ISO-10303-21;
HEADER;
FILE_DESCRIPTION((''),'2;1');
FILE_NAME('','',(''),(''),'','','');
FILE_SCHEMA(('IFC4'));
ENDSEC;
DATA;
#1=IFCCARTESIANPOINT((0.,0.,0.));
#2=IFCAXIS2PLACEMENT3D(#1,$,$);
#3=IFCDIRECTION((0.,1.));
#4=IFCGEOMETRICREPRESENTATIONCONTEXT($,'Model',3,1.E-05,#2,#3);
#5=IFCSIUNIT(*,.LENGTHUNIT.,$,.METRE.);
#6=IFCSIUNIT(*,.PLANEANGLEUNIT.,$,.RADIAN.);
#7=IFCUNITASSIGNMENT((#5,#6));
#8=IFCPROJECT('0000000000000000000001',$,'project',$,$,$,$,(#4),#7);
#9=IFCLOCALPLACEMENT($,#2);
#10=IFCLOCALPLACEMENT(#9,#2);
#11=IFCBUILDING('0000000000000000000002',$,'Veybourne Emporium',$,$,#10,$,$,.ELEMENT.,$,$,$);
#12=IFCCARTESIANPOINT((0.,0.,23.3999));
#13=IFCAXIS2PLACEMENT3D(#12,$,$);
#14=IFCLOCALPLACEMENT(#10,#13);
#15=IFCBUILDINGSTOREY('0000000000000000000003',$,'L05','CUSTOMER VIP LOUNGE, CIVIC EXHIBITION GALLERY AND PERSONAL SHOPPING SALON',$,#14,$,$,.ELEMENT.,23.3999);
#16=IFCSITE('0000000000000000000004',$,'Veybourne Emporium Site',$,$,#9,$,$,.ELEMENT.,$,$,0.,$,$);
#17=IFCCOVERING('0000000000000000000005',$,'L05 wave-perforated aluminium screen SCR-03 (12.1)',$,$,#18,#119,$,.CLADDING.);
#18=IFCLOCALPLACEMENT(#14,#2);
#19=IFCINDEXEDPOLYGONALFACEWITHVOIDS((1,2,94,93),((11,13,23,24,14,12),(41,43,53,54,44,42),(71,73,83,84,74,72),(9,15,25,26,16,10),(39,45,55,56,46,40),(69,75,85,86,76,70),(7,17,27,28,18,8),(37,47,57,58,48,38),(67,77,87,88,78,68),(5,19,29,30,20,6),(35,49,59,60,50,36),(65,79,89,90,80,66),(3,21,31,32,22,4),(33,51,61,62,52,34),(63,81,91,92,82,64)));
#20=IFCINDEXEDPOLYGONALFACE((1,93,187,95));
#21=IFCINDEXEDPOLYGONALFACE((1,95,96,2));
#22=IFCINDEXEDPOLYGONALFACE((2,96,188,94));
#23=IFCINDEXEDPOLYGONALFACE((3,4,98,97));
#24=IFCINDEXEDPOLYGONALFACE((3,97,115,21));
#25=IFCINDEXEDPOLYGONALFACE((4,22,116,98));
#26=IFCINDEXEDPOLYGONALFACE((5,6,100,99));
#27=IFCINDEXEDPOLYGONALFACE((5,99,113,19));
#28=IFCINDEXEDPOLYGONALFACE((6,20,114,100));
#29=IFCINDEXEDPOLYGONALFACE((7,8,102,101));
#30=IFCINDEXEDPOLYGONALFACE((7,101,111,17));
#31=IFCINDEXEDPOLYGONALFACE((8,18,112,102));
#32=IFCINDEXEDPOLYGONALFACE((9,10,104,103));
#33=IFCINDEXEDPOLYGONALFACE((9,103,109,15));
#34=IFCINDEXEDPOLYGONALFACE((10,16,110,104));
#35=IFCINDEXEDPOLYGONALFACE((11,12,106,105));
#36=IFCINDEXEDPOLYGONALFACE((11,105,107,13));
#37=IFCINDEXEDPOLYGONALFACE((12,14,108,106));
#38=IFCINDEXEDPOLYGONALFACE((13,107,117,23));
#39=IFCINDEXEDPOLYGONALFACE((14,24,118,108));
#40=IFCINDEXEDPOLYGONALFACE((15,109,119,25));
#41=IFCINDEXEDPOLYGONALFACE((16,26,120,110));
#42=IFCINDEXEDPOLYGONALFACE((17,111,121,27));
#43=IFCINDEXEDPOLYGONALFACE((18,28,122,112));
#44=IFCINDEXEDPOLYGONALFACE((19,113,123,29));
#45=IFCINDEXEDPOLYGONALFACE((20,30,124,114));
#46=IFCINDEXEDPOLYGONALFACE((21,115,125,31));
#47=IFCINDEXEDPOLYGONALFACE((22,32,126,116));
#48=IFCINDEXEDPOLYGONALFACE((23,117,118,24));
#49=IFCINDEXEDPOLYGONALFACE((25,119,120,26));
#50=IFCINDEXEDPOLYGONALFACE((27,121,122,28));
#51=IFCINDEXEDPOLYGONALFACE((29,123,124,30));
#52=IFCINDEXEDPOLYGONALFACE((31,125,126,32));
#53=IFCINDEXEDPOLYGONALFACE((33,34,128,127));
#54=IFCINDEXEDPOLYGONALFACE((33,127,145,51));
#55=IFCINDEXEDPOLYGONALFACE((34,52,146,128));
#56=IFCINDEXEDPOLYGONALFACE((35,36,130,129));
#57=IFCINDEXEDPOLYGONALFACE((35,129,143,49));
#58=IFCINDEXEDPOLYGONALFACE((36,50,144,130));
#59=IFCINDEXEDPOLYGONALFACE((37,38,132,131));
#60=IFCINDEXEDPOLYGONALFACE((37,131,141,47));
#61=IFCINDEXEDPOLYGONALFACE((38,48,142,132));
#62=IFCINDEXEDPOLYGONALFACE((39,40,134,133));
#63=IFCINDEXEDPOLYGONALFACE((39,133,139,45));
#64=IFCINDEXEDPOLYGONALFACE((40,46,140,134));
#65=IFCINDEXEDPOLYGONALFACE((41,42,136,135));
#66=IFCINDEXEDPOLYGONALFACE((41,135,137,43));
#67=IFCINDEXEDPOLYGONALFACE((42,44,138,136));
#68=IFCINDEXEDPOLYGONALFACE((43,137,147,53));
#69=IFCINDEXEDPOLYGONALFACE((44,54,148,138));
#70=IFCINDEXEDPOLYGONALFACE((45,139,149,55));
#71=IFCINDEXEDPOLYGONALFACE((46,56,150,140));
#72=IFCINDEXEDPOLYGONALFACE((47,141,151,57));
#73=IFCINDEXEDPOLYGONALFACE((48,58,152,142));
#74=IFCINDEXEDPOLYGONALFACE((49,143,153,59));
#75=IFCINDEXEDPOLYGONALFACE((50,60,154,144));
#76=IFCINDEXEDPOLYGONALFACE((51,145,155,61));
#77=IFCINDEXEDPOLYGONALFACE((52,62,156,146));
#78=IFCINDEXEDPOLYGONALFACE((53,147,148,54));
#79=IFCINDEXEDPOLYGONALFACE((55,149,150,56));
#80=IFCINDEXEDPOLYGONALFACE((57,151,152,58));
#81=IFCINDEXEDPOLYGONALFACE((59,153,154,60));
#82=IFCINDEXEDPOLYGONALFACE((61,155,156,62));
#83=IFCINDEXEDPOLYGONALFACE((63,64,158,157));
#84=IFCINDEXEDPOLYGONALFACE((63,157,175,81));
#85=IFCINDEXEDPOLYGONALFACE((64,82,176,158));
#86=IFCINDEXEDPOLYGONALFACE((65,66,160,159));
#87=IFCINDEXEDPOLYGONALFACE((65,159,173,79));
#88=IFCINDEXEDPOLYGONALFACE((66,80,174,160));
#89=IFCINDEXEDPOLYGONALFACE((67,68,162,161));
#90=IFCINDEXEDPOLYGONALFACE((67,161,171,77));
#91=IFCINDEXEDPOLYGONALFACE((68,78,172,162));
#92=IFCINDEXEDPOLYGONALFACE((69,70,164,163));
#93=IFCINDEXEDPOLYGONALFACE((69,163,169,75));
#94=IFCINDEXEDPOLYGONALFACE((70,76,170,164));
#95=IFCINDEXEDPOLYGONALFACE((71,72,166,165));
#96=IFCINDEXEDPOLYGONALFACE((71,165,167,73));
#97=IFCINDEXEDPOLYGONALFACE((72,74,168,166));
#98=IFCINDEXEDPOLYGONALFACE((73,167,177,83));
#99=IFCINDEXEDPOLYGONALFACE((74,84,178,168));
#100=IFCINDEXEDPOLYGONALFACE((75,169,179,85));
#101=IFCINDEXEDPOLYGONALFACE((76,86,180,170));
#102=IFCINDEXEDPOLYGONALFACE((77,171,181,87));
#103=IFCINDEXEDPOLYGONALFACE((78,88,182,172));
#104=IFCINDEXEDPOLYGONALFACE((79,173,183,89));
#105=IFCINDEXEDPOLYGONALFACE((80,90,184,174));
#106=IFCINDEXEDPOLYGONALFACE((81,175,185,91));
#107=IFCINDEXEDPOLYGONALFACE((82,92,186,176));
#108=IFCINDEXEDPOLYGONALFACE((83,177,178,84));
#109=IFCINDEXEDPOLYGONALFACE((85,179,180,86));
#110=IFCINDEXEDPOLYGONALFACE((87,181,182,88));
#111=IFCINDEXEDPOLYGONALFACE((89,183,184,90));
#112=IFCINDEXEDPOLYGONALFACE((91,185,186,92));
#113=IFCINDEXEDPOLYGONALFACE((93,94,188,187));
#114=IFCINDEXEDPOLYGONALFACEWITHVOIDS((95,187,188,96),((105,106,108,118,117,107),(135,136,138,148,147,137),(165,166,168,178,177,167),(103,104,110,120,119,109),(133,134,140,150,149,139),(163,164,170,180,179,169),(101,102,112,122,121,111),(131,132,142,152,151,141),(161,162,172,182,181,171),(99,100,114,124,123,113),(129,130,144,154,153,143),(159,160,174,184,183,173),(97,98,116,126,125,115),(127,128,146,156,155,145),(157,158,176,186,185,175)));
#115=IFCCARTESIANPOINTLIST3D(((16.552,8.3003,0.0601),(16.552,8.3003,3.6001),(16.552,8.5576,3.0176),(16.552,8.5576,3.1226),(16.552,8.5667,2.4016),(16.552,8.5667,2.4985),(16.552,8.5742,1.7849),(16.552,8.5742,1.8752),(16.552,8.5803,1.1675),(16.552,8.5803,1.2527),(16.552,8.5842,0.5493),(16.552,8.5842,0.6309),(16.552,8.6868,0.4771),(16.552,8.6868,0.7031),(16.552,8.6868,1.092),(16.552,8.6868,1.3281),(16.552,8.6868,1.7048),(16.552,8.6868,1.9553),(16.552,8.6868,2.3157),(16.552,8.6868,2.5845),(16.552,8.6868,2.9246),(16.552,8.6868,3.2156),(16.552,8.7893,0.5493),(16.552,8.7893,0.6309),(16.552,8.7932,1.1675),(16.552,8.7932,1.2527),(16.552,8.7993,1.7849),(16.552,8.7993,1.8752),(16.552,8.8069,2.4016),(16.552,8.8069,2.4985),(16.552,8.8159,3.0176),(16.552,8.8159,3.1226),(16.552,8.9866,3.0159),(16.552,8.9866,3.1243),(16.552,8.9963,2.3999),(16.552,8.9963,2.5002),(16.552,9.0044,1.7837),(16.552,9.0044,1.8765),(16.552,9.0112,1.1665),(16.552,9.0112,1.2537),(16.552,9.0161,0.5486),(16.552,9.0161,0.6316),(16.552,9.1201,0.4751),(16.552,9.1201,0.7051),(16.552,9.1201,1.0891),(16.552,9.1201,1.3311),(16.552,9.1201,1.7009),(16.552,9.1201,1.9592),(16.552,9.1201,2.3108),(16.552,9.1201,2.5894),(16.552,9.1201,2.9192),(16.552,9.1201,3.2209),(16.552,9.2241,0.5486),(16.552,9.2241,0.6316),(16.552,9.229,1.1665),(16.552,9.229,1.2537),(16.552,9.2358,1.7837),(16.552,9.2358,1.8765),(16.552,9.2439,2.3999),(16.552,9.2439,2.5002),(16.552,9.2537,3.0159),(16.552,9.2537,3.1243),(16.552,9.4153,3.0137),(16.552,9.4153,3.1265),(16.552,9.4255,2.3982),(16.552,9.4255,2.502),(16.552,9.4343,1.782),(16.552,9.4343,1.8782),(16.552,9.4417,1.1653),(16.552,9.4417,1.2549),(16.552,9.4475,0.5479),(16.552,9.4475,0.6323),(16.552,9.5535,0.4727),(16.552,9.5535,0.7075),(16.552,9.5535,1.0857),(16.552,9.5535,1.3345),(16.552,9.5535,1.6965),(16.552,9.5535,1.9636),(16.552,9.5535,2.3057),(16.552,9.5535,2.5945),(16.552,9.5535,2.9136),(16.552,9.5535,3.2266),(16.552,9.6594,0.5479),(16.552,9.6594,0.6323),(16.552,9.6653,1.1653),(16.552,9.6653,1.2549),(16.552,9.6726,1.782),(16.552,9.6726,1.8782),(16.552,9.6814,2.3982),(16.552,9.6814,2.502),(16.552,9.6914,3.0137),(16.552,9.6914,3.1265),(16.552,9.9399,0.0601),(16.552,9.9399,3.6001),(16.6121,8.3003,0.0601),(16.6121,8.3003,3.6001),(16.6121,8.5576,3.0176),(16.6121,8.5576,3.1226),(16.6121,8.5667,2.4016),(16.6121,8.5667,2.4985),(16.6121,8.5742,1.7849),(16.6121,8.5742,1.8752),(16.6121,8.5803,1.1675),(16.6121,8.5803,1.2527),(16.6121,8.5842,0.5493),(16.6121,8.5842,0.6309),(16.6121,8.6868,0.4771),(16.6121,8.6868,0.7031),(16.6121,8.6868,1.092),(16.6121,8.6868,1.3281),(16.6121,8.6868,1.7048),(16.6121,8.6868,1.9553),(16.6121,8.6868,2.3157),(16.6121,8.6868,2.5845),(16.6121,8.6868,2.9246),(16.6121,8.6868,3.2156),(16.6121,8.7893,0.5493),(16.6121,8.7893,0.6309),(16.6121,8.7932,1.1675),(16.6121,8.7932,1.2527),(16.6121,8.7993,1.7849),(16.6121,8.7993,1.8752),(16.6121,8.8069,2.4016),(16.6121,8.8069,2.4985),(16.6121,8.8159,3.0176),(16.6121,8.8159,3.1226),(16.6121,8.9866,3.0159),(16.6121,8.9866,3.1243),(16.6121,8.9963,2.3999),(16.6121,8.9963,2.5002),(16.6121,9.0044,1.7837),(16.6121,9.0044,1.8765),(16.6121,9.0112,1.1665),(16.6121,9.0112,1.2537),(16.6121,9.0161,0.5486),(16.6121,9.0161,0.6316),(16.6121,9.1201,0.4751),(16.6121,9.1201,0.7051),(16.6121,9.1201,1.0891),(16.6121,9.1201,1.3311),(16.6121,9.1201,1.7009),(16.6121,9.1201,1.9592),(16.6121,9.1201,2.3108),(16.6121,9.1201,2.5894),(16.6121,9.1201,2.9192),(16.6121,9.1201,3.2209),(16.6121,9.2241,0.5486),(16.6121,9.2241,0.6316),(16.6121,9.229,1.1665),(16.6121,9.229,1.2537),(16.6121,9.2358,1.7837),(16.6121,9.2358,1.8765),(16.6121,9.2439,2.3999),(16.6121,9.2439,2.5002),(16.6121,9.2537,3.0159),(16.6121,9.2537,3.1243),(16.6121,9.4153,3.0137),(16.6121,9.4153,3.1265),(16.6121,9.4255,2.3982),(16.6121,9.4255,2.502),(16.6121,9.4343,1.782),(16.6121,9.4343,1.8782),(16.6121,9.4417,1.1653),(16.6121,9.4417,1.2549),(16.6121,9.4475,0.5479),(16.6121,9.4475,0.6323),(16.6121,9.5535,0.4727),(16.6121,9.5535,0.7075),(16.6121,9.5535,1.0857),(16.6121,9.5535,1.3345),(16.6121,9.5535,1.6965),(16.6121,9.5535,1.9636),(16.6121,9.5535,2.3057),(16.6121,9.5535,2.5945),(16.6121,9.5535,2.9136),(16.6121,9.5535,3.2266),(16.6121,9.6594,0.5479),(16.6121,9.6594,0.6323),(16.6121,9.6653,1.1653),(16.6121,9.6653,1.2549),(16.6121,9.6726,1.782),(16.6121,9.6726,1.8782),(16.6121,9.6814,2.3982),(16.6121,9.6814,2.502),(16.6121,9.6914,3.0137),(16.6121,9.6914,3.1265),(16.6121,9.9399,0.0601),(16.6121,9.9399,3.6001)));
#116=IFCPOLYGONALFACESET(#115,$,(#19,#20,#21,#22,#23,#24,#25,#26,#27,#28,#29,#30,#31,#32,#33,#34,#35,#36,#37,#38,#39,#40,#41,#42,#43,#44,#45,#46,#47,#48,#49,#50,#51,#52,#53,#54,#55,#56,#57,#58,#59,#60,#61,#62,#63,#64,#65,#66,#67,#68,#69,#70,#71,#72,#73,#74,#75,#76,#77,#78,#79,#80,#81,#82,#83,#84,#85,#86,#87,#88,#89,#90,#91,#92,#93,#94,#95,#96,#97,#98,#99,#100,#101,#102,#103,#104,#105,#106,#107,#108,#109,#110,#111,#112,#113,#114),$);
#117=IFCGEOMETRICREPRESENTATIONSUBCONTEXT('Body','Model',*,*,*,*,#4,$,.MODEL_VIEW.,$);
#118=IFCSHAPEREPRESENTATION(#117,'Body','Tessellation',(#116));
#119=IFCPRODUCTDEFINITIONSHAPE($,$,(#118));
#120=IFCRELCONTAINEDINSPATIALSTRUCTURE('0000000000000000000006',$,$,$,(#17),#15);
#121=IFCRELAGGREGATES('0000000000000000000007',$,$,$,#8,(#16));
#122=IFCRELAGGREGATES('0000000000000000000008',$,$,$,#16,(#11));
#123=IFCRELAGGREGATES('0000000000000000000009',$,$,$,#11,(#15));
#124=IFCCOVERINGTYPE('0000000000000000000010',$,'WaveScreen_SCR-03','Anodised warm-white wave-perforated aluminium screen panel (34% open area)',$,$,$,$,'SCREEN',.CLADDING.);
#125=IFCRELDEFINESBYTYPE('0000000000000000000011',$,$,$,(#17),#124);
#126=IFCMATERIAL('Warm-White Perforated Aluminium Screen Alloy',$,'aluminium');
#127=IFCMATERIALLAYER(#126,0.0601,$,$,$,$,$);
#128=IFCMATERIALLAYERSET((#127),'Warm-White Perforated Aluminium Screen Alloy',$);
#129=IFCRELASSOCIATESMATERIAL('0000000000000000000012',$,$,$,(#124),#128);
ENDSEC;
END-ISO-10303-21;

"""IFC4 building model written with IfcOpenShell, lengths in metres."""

from ifc_helpers import new_model, si_unit, direction, frame, origin, place, context, subcontext, project, spatial, polyline, outline, extrude, material, layer, layer_set, type_object, element, save


model = new_model("IFC4")

# Units and contexts
model_context = context("Model", 3, precision=1e-05, world=origin(), true_north=direction((0.0, 1.0)))
body_context = subcontext(model_context, "Body", "Model", "MODEL_VIEW")
ifc_project = project(units=[si_unit("LENGTHUNIT", "METRE"), si_unit("PLANEANGLEUNIT", "RADIAN")], contexts=[model_context])

# Site, building, storey
site_placement = place(None, origin())
site = spatial("IfcSite", under=ifc_project, at=site_placement, Name="Veybourne Emporium Site", CompositionType="ELEMENT", RefElevation=0.0)
building_placement = place(site_placement, origin())
building = spatial("IfcBuilding", under=site, at=building_placement, Name="Veybourne Emporium", CompositionType="ELEMENT")
storey_placement = place(building_placement, frame((0.0, 0.0, 23.3999)))
storey = spatial("IfcBuildingStorey", under=building, at=storey_placement, Name="L05", Description="CUSTOMER VIP LOUNGE, CIVIC EXHIBITION GALLERY AND PERSONAL SHOPPING SALON", CompositionType="ELEMENT", Elevation=23.3999)

# Covering
ifc_material_1 = material(Name="Warm-White Perforated Aluminium Screen Alloy", Category="aluminium")
ifc_layer_1 = layer(ifc_material_1, 0.0601)
ifc_layer_set_1 = layer_set([ifc_layer_1], Name="Warm-White Perforated Aluminium Screen Alloy")
covering_type_1 = type_object("IfcCoveringType", Name="WaveScreen_SCR-03", Description="Anodised warm-white wave-perforated aluminium screen panel (34% open area)", ElementType="SCREEN", PredefinedType="CLADDING", material=ifc_layer_set_1)
covering_1_placement = place(storey_placement, frame((16.552, 9.1201, 1.8301), z_axis=(1.0, 0.0, 0.0), x_axis=(0.0, 1.0, 0.0)))
element("IfcCovering", 1, at=covering_1_placement, inside=storey, type_object=covering_type_1, Name="L05 wave-perforated aluminium screen SCR-03 (12.1)", PredefinedType="CLADDING", context=body_context, shape_type="SweptSolid", body=[
    extrude(outline(polyline([(-0.8198, -1.77), (0.8198, -1.77), (0.8198, 1.77), (-0.8198, 1.77), (-0.8198, -1.77)]), holes=[polyline([(-0.4333, -1.127), (-0.3308, -1.1992), (-0.3308, -1.2808), (-0.4333, -1.353), (-0.5359, -1.2808), (-0.5359, -1.1992), (-0.4333, -1.127)]), polyline([(-0.4333, -0.502), (-0.3269, -0.5774), (-0.3269, -0.6626), (-0.4333, -0.738), (-0.5398, -0.6626), (-0.5398, -0.5774), (-0.4333, -0.502)]), polyline([(-0.4333, 0.1252), (-0.3208, 0.0452), (-0.3208, -0.0452), (-0.4333, -0.1252), (-0.5459, -0.0452), (-0.5459, 0.0452), (-0.4333, 0.1252)]), polyline([(-0.4333, 0.7544), (-0.3132, 0.6685), (-0.3132, 0.5715), (-0.4333, 0.4856), (-0.5535, 0.5715), (-0.5535, 0.6685), (-0.4333, 0.7544)]), polyline([(-0.4333, 1.3855), (-0.3042, 1.2925), (-0.3042, 1.1875), (-0.4333, 1.0945), (-0.5625, 1.1875), (-0.5625, 1.2925), (-0.4333, 1.3855)]), polyline([(0.0, -1.125), (0.104, -1.1985), (0.104, -1.2815), (0.0, -1.355), (-0.104, -1.2815), (-0.104, -1.1985), (0.0, -1.125)]), polyline([(0.0, -0.499), (0.1089, -0.5764), (0.1089, -0.6636), (0.0, -0.741), (-0.1089, -0.6636), (-0.1089, -0.5764), (0.0, -0.499)]), polyline([(0.0, 0.1292), (0.1157, 0.0464), (0.1157, -0.0464), (0.0, -0.1292), (-0.1157, -0.0464), (-0.1157, 0.0464), (0.0, 0.1292)]), polyline([(0.0, 0.7593), (0.1238, 0.6702), (0.1238, 0.5698), (0.0, 0.4807), (-0.1238, 0.5698), (-0.1238, 0.6702), (0.0, 0.7593)]), polyline([(0.0, 1.3909), (0.1335, 1.2942), (0.1335, 1.1858), (0.0, 1.0891), (-0.1335, 1.1858), (-0.1335, 1.2942), (0.0, 1.3909)]), polyline([(0.4333, -1.1226), (0.5393, -1.1978), (0.5393, -1.2822), (0.4333, -1.3574), (0.3274, -1.2822), (0.3274, -1.1978), (0.4333, -1.1226)]), polyline([(0.4333, -0.4956), (0.5452, -0.5752), (0.5452, -0.6648), (0.4333, -0.7444), (0.3215, -0.6648), (0.3215, -0.5752), (0.4333, -0.4956)]), polyline([(0.4333, 0.1335), (0.5525, 0.0481), (0.5525, -0.0481), (0.4333, -0.1335), (0.3142, -0.0481), (0.3142, 0.0481), (0.4333, 0.1335)]), polyline([(0.4333, 0.7644), (0.5613, 0.6719), (0.5613, 0.5681), (0.4333, 0.4756), (0.3054, 0.5681), (0.3054, 0.6719), (0.4333, 0.7644)]), polyline([(0.4333, 1.3965), (0.5713, 1.2964), (0.5713, 1.1836), (0.4333, 1.0835), (0.2952, 1.1836), (0.2952, 1.2964), (0.4333, 1.3965)])]), origin(), (0.0, 0.0, 1.0), 0.0601),
])

save(model, "model.ifc")
